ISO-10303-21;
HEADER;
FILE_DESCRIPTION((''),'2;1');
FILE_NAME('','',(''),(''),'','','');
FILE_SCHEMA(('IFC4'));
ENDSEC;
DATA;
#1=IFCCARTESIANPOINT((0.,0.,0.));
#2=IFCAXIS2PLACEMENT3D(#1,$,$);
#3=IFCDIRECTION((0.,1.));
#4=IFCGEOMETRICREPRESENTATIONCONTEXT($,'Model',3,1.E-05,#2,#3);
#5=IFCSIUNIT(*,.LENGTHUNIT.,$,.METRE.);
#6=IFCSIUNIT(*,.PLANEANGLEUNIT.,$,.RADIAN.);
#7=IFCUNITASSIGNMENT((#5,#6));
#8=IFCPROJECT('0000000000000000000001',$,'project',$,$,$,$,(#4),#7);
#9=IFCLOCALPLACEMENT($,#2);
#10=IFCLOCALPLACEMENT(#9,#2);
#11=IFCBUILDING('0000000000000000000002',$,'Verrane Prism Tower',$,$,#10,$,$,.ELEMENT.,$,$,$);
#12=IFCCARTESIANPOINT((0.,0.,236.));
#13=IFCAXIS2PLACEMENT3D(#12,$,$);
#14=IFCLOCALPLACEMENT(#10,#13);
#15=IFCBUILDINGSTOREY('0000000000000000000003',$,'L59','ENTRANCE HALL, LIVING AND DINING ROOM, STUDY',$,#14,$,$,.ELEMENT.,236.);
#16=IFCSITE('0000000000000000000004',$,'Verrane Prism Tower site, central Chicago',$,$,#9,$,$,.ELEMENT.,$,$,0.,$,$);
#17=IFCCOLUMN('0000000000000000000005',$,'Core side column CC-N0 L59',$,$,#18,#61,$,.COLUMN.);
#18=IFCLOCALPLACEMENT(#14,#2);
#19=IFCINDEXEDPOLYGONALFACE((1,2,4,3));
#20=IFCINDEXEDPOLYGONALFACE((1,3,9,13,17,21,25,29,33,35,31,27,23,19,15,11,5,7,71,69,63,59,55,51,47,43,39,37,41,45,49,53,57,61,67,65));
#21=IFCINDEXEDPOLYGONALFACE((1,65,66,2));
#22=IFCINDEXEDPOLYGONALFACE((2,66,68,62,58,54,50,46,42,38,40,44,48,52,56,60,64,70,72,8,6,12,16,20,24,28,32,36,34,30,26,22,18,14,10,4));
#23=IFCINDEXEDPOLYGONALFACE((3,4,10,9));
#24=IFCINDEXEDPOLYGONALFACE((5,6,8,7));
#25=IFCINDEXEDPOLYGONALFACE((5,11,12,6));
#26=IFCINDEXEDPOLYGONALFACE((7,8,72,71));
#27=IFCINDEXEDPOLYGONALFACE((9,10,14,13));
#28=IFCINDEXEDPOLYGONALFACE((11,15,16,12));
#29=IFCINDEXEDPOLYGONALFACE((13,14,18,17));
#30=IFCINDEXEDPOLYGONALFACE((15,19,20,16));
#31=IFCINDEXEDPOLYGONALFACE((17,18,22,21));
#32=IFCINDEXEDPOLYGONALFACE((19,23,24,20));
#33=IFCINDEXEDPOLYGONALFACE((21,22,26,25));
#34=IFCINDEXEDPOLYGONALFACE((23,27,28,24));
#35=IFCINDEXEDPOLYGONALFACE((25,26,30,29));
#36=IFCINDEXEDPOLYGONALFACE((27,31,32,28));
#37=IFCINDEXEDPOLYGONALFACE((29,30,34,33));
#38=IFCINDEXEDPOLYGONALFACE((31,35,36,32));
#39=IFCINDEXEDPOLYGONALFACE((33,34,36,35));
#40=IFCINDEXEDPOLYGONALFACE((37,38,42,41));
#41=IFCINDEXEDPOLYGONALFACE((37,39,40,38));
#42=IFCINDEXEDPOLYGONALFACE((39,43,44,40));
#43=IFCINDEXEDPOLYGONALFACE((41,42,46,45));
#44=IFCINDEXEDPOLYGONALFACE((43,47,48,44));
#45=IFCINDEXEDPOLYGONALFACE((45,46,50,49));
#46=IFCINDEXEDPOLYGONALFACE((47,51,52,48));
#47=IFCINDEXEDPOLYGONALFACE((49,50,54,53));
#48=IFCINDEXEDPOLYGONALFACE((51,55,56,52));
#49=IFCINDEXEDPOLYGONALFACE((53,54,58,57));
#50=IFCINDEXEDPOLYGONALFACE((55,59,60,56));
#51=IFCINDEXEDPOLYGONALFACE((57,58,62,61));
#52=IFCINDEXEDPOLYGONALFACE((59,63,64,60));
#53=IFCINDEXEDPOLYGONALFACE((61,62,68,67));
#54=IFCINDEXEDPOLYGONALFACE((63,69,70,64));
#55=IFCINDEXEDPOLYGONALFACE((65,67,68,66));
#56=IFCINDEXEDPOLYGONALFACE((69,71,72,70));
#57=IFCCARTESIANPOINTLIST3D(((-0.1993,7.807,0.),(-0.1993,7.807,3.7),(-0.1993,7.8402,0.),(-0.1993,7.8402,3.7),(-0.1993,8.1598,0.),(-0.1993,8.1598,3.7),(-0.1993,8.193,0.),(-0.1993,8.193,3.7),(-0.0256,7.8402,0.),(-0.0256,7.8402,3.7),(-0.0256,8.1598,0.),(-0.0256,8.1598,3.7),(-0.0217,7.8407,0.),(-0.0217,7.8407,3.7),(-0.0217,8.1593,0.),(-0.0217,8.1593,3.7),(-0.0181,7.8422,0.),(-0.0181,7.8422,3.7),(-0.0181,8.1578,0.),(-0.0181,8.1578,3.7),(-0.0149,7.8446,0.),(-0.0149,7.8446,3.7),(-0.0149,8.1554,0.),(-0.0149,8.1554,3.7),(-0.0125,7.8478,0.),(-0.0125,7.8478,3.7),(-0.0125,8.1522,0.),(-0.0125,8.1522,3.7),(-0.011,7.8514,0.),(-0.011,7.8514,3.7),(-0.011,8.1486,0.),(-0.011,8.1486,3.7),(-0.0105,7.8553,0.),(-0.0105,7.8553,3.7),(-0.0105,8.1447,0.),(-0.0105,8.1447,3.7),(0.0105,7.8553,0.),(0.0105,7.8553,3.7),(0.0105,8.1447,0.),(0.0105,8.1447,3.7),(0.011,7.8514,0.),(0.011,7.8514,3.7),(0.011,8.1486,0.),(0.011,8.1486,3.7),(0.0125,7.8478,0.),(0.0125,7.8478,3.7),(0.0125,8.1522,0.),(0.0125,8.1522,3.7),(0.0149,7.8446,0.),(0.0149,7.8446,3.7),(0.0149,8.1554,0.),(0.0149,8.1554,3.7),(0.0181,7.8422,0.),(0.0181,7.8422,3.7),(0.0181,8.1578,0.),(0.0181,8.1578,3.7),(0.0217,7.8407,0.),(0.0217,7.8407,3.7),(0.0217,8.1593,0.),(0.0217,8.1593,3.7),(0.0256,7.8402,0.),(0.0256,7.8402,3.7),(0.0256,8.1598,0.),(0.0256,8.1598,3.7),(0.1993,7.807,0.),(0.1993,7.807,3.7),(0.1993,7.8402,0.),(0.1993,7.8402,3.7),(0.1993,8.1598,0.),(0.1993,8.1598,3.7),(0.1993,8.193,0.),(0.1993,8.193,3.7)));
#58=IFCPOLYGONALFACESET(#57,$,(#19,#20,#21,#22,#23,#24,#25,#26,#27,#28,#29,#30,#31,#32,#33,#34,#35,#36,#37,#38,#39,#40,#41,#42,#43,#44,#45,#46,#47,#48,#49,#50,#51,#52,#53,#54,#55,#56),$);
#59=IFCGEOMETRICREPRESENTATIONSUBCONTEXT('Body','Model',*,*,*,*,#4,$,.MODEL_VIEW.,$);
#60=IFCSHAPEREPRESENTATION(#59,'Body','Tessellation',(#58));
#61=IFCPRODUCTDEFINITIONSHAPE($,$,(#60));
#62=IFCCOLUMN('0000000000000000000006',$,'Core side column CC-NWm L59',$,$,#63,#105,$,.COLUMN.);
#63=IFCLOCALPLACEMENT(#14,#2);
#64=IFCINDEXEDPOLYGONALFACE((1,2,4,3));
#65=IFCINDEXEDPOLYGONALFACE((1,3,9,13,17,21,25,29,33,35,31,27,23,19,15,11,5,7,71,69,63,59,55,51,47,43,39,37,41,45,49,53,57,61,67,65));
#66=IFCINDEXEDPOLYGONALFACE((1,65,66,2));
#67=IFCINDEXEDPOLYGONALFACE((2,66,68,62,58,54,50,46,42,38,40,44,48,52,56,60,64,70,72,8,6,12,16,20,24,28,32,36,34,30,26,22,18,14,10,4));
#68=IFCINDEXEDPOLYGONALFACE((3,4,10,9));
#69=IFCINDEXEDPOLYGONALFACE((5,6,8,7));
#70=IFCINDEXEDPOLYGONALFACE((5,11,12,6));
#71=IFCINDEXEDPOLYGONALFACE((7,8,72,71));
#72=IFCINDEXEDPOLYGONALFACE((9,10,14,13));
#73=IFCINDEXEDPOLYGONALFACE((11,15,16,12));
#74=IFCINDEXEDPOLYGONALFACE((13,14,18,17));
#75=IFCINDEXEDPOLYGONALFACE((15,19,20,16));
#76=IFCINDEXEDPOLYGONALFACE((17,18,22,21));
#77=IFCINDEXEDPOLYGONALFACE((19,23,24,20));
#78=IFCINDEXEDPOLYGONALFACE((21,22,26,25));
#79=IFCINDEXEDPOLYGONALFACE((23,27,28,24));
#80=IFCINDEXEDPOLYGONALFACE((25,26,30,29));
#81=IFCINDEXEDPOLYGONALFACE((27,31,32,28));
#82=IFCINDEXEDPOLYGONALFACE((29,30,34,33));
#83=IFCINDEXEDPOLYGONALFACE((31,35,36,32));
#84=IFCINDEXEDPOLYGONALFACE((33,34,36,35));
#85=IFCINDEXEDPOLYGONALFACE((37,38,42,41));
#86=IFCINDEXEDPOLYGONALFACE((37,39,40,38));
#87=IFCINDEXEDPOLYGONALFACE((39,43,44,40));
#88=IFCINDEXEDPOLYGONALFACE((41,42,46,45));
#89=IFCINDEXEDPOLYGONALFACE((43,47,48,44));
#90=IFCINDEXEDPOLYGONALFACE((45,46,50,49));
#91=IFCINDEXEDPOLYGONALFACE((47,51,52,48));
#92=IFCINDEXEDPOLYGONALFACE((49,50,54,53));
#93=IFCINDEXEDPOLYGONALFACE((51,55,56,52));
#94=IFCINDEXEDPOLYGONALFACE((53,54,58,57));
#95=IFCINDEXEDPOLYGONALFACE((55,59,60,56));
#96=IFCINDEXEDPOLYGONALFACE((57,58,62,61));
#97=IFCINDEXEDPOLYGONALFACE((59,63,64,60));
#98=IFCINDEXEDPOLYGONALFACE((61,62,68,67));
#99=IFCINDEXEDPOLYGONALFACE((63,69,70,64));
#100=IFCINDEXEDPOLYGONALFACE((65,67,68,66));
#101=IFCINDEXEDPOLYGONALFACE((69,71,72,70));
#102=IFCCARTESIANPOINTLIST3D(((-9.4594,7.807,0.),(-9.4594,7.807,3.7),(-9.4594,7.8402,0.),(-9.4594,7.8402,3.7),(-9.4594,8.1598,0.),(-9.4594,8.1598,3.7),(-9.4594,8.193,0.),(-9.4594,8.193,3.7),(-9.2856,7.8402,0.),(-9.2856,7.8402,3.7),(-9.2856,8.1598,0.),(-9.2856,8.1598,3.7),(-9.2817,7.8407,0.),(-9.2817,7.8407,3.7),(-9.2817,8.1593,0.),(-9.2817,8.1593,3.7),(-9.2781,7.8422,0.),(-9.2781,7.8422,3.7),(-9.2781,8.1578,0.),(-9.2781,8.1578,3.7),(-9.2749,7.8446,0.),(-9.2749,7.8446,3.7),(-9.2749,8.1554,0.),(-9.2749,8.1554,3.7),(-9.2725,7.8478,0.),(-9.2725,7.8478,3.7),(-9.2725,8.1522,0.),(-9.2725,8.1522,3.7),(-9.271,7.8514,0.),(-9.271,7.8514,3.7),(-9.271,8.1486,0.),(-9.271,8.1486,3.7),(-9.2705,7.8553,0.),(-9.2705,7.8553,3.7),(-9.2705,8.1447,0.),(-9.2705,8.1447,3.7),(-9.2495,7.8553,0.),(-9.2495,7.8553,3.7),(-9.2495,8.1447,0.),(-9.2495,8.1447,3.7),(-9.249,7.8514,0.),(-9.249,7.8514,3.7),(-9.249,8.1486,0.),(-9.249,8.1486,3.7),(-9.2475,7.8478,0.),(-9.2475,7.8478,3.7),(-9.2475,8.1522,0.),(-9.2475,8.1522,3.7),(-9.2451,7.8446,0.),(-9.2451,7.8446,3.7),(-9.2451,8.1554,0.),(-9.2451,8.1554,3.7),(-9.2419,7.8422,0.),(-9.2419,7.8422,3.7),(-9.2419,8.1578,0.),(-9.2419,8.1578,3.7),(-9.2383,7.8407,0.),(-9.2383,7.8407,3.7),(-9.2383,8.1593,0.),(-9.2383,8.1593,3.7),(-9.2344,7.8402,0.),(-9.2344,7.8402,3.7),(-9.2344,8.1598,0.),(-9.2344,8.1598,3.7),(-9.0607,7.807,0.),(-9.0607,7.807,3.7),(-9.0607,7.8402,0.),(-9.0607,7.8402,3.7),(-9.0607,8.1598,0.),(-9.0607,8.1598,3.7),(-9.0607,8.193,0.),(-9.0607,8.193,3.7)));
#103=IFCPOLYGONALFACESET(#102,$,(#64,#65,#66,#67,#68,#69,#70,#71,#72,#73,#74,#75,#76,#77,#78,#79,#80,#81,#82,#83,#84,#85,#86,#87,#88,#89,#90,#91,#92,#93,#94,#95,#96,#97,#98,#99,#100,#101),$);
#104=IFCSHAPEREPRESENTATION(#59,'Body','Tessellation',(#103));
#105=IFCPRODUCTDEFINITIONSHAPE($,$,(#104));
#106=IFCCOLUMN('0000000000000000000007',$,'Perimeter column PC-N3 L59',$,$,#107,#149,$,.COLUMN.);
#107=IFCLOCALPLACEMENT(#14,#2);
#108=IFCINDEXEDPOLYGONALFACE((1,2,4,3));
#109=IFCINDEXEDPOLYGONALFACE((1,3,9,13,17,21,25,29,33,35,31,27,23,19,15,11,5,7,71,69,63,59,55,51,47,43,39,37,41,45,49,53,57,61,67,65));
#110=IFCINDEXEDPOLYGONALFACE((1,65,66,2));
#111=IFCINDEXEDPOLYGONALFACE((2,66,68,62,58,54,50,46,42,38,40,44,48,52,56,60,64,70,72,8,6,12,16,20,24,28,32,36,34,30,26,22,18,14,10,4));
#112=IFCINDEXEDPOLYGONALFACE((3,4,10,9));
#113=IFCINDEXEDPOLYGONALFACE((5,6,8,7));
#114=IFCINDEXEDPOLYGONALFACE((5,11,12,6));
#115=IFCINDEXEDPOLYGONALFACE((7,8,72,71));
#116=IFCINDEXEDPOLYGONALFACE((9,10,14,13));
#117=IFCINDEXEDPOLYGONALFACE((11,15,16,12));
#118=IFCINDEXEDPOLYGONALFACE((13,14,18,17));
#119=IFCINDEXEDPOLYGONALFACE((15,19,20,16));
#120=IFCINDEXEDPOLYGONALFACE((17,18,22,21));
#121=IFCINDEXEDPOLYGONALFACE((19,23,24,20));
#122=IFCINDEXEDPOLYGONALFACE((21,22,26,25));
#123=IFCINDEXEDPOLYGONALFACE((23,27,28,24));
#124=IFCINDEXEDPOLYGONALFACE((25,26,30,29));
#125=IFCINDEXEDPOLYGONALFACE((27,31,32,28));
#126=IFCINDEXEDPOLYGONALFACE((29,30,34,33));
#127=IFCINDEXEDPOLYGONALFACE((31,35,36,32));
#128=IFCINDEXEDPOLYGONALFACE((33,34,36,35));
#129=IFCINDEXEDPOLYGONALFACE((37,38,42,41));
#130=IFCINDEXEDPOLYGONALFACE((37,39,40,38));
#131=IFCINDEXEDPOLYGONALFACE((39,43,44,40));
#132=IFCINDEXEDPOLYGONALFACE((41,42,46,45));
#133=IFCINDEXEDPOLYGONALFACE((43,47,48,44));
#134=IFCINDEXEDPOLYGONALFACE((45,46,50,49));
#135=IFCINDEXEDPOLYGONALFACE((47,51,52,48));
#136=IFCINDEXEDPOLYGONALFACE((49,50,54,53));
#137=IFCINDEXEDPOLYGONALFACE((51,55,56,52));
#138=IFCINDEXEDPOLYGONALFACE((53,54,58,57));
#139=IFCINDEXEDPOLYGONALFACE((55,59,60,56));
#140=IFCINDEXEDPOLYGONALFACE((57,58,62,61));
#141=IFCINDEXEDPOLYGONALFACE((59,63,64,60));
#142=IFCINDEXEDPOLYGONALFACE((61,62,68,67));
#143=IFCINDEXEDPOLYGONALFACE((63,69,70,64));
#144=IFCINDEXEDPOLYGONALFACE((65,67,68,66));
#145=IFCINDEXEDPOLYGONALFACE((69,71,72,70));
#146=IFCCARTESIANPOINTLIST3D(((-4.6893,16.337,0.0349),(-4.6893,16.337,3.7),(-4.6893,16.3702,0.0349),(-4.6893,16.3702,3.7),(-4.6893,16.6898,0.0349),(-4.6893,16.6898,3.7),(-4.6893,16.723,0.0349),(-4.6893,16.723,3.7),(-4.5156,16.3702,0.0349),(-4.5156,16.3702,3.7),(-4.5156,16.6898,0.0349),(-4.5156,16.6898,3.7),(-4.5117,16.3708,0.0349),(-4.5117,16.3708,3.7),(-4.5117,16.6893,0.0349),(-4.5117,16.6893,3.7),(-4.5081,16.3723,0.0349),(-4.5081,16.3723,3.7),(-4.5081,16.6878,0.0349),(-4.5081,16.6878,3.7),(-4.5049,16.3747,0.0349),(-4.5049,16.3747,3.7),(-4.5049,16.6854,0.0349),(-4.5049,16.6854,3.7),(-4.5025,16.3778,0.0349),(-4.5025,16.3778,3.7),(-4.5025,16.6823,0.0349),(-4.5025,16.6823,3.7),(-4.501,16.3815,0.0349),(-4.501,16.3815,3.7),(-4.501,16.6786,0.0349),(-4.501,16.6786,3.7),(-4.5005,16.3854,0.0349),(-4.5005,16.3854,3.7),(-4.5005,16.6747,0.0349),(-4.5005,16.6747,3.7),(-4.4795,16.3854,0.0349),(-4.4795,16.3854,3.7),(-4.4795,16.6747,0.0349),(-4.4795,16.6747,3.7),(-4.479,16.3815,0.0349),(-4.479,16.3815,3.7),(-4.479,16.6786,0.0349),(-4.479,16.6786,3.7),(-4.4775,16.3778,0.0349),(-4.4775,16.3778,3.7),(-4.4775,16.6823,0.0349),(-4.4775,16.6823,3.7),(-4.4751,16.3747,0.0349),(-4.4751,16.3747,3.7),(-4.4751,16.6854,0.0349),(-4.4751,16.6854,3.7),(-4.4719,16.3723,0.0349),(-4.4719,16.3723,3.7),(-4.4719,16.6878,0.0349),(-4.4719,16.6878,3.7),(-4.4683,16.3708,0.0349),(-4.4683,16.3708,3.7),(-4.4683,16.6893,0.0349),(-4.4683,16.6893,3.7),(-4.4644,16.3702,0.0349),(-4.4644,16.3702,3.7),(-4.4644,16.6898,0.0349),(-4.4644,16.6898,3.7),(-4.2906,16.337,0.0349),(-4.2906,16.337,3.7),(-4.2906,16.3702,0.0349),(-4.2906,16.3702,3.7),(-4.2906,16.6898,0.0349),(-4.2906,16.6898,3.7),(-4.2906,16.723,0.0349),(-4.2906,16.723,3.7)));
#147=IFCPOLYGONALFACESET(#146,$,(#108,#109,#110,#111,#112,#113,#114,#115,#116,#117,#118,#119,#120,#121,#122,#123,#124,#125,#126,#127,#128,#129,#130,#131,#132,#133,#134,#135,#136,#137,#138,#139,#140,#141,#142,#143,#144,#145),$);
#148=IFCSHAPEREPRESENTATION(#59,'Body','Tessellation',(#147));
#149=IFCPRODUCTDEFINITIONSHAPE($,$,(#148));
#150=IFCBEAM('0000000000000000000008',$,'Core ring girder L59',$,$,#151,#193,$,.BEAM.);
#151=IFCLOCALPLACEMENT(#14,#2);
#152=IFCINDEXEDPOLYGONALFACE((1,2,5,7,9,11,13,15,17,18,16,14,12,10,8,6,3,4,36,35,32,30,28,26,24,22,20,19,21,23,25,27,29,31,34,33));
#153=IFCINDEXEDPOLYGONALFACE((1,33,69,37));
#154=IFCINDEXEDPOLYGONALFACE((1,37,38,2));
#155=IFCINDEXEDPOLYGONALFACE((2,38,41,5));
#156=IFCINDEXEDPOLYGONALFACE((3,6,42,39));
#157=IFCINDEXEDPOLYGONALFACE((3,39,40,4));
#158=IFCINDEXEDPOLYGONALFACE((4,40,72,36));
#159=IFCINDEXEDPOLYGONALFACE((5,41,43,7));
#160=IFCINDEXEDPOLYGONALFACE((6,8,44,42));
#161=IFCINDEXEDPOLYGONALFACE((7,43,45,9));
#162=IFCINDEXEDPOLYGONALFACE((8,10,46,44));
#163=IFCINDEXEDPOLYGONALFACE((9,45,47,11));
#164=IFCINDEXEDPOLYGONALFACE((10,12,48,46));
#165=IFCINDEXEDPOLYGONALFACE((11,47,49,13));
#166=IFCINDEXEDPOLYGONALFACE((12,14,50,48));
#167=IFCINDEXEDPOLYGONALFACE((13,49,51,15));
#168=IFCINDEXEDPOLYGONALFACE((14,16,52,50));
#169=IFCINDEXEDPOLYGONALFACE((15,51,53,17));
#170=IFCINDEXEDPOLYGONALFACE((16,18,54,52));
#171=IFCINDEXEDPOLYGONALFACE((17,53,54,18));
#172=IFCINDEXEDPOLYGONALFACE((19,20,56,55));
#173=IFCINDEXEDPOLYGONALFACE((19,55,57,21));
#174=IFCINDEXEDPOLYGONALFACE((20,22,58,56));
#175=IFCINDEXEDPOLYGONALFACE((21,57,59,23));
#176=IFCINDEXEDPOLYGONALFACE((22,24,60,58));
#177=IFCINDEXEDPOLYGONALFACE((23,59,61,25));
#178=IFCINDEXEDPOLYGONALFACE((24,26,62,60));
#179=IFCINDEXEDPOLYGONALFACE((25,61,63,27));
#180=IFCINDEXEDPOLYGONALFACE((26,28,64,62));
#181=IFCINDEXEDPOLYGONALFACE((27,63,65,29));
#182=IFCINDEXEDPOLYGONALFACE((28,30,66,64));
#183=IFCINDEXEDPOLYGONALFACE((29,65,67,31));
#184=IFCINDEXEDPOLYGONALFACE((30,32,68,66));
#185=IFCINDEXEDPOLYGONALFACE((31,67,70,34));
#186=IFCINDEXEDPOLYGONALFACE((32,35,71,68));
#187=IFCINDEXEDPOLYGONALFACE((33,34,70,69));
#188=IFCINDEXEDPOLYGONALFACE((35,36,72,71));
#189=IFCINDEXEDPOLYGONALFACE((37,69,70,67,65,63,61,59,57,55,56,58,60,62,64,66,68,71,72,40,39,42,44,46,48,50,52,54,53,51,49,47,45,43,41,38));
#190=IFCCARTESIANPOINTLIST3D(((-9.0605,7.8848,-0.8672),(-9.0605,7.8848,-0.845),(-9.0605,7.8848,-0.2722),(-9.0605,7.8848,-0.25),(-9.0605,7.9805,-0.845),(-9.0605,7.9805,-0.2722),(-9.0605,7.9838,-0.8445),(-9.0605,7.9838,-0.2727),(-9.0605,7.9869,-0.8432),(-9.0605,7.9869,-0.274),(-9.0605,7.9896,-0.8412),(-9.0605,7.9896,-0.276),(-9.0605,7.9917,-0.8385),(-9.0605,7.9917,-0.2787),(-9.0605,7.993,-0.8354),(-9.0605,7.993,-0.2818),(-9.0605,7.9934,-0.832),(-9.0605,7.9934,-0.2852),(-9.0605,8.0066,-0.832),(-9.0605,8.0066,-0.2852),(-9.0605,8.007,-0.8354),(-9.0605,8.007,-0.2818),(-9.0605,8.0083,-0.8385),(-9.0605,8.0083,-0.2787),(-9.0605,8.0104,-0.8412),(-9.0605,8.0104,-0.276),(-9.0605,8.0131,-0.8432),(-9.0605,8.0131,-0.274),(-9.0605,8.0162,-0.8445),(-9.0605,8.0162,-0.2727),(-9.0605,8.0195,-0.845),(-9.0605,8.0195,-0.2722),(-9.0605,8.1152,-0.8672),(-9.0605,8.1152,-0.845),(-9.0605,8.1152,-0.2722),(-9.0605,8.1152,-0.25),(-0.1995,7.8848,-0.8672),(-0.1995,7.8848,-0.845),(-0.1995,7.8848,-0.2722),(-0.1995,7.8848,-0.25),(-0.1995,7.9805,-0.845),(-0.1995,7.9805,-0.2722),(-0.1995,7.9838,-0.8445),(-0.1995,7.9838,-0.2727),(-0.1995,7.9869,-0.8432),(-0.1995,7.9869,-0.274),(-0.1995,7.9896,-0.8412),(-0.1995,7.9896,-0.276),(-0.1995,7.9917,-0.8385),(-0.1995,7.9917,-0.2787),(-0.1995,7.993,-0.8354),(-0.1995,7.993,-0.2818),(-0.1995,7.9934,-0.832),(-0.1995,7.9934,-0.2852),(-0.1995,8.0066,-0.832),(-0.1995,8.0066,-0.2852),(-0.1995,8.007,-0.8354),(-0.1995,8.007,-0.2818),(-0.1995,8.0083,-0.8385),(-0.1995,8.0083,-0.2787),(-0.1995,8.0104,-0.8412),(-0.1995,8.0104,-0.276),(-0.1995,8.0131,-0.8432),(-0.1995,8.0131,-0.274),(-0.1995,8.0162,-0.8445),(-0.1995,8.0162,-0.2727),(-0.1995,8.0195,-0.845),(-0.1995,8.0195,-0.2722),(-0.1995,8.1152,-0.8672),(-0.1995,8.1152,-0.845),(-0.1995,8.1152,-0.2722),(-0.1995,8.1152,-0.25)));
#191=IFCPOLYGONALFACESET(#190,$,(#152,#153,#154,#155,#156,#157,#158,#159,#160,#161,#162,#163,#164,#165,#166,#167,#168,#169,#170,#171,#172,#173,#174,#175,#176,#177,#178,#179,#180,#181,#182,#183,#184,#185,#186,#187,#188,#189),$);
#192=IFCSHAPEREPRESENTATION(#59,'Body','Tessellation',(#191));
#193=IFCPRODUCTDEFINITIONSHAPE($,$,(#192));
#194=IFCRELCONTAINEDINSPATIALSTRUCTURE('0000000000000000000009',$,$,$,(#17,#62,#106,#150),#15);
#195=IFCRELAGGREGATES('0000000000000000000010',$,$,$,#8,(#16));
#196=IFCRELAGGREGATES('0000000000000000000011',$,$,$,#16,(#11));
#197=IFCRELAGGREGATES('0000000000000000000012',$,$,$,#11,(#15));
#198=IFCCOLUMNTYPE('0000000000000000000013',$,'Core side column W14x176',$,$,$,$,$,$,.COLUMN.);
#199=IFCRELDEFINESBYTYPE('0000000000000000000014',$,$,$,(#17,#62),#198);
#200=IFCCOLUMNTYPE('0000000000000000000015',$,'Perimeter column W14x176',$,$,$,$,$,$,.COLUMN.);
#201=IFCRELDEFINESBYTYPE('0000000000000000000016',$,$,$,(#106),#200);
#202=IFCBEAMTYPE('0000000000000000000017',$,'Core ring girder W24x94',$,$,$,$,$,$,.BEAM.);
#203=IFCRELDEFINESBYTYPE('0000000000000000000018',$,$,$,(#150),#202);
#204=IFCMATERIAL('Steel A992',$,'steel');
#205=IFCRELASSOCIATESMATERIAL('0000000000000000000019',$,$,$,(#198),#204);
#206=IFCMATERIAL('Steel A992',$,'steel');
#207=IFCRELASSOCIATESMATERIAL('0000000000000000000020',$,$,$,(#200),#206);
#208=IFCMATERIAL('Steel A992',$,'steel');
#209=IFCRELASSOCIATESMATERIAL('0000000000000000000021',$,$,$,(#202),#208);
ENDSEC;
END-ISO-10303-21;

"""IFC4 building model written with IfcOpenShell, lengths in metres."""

from ifc_helpers import new_model, si_unit, direction, frame, origin, origin_2d, place, context, subcontext, project, spatial, i_section, extrude, material, material_profile, profile_set, type_object, element, save


model = new_model("IFC4")

# Units and contexts
model_context = context("Model", 3, precision=1e-05, world=origin(), true_north=direction((0.0, 1.0)))
body_context = subcontext(model_context, "Body", "Model", "MODEL_VIEW")
ifc_project = project(units=[si_unit("LENGTHUNIT", "METRE"), si_unit("PLANEANGLEUNIT", "RADIAN")], contexts=[model_context])

# Site, building, storey
site_placement = place(None, origin())
site = spatial("IfcSite", under=ifc_project, at=site_placement, Name="Verrane Prism Tower site, central Chicago", CompositionType="ELEMENT", RefElevation=0.0)
building_placement = place(site_placement, origin())
building = spatial("IfcBuilding", under=site, at=building_placement, Name="Verrane Prism Tower", CompositionType="ELEMENT")
storey_placement = place(building_placement, frame((0.0, 0.0, 236.0)))
storey = spatial("IfcBuildingStorey", under=building, at=storey_placement, Name="L59", Description="ENTRANCE HALL, LIVING AND DINING ROOM, STUDY", CompositionType="ELEMENT", Elevation=236.0)

# Columns
ifc_material_1 = material(Name="Steel A992", Category="steel")
ifc_material_profile_1 = material_profile(ifc_material_1, i_section(OverallWidth=0.3987, OverallDepth=0.386, WebThickness=0.021, FlangeThickness=0.0332, FilletRadius=0.0151, at=origin_2d()), Name="W14x176")
ifc_profile_set_1 = profile_set([ifc_material_profile_1], Name="Steel A992")
column_type_1 = type_object("IfcColumnType", Name="Core side column W14x176", PredefinedType="COLUMN", material=ifc_profile_set_1)
for number, where, z_axis, x_axis, name in (
    (1, (0.0, 8.0, 0.0), (0.0, 0.0, 1.0), (1.0, 0.0, 0.0), "Core side column CC-N0 L59"),
    (2, (-9.26, 8.0, 0.0), (0.0, 0.0, 1.0), (1.0, 0.0, 0.0), "Core side column CC-NWm L59"),
):
    element("IfcColumn", number, at=place(storey_placement, frame(where, z_axis=z_axis, x_axis=x_axis)), inside=storey, type_object=column_type_1, Name=name, PredefinedType="COLUMN", context=body_context, shape_type="SweptSolid", body=[
        extrude(i_section(OverallWidth=0.3987, OverallDepth=0.386, WebThickness=0.021, FlangeThickness=0.0332, FilletRadius=0.0151, at=origin_2d()), origin(), (0.0, 0.0, 1.0), 3.7),
    ])
ifc_material_2 = material(Name="Steel A992", Category="steel")
ifc_material_profile_2 = material_profile(ifc_material_2, i_section(OverallWidth=0.3987, OverallDepth=0.386, WebThickness=0.021, FlangeThickness=0.0332, FilletRadius=0.0151, at=origin_2d()), Name="W14x176")
ifc_profile_set_2 = profile_set([ifc_material_profile_2], Name="Steel A992")
column_type_2 = type_object("IfcColumnType", Name="Perimeter column W14x176", PredefinedType="COLUMN", material=ifc_profile_set_2)
column_placement = place(storey_placement, frame((-4.49, 16.53, 0.0349), z_axis=(0.0, 0.0, 1.0), x_axis=(1.0, 0.0, 0.0)))
element("IfcColumn", 3, at=column_placement, inside=storey, type_object=column_type_2, Name="Perimeter column PC-N3 L59", PredefinedType="COLUMN", context=body_context, shape_type="SweptSolid", body=[
    extrude(i_section(OverallWidth=0.3987, OverallDepth=0.386, WebThickness=0.021, FlangeThickness=0.0332, FilletRadius=0.0151, at=origin_2d()), origin(), (0.0, 0.0, 1.0), 3.665),
])

# Beam
ifc_material_3 = material(Name="Steel A992", Category="steel")
ifc_material_profile_3 = material_profile(ifc_material_3, i_section(OverallWidth=0.2305, OverallDepth=0.6172, WebThickness=0.0132, FlangeThickness=0.0222, FilletRadius=0.0129, at=origin_2d()), Name="W24x94")
ifc_profile_set_3 = profile_set([ifc_material_profile_3], Name="Steel A992")
beam_type_1 = type_object("IfcBeamType", Name="Core ring girder W24x94", PredefinedType="BEAM", material=ifc_profile_set_3)
beam_1_placement = place(storey_placement, frame((-0.1995, 8.0, -0.5586), z_axis=(-1.0, 0.0, 0.0), x_axis=(0.0, -1.0, 0.0)))
element("IfcBeam", 4, at=beam_1_placement, inside=storey, type_object=beam_type_1, Name="Core ring girder L59", PredefinedType="BEAM", context=body_context, shape_type="SweptSolid", body=[
    extrude(i_section(OverallWidth=0.2305, OverallDepth=0.6172, WebThickness=0.0132, FlangeThickness=0.0222, FilletRadius=0.0129, at=origin_2d()), origin(), (0.0, 0.0, 1.0), 8.8611),
])

save(model, "model.ifc")
